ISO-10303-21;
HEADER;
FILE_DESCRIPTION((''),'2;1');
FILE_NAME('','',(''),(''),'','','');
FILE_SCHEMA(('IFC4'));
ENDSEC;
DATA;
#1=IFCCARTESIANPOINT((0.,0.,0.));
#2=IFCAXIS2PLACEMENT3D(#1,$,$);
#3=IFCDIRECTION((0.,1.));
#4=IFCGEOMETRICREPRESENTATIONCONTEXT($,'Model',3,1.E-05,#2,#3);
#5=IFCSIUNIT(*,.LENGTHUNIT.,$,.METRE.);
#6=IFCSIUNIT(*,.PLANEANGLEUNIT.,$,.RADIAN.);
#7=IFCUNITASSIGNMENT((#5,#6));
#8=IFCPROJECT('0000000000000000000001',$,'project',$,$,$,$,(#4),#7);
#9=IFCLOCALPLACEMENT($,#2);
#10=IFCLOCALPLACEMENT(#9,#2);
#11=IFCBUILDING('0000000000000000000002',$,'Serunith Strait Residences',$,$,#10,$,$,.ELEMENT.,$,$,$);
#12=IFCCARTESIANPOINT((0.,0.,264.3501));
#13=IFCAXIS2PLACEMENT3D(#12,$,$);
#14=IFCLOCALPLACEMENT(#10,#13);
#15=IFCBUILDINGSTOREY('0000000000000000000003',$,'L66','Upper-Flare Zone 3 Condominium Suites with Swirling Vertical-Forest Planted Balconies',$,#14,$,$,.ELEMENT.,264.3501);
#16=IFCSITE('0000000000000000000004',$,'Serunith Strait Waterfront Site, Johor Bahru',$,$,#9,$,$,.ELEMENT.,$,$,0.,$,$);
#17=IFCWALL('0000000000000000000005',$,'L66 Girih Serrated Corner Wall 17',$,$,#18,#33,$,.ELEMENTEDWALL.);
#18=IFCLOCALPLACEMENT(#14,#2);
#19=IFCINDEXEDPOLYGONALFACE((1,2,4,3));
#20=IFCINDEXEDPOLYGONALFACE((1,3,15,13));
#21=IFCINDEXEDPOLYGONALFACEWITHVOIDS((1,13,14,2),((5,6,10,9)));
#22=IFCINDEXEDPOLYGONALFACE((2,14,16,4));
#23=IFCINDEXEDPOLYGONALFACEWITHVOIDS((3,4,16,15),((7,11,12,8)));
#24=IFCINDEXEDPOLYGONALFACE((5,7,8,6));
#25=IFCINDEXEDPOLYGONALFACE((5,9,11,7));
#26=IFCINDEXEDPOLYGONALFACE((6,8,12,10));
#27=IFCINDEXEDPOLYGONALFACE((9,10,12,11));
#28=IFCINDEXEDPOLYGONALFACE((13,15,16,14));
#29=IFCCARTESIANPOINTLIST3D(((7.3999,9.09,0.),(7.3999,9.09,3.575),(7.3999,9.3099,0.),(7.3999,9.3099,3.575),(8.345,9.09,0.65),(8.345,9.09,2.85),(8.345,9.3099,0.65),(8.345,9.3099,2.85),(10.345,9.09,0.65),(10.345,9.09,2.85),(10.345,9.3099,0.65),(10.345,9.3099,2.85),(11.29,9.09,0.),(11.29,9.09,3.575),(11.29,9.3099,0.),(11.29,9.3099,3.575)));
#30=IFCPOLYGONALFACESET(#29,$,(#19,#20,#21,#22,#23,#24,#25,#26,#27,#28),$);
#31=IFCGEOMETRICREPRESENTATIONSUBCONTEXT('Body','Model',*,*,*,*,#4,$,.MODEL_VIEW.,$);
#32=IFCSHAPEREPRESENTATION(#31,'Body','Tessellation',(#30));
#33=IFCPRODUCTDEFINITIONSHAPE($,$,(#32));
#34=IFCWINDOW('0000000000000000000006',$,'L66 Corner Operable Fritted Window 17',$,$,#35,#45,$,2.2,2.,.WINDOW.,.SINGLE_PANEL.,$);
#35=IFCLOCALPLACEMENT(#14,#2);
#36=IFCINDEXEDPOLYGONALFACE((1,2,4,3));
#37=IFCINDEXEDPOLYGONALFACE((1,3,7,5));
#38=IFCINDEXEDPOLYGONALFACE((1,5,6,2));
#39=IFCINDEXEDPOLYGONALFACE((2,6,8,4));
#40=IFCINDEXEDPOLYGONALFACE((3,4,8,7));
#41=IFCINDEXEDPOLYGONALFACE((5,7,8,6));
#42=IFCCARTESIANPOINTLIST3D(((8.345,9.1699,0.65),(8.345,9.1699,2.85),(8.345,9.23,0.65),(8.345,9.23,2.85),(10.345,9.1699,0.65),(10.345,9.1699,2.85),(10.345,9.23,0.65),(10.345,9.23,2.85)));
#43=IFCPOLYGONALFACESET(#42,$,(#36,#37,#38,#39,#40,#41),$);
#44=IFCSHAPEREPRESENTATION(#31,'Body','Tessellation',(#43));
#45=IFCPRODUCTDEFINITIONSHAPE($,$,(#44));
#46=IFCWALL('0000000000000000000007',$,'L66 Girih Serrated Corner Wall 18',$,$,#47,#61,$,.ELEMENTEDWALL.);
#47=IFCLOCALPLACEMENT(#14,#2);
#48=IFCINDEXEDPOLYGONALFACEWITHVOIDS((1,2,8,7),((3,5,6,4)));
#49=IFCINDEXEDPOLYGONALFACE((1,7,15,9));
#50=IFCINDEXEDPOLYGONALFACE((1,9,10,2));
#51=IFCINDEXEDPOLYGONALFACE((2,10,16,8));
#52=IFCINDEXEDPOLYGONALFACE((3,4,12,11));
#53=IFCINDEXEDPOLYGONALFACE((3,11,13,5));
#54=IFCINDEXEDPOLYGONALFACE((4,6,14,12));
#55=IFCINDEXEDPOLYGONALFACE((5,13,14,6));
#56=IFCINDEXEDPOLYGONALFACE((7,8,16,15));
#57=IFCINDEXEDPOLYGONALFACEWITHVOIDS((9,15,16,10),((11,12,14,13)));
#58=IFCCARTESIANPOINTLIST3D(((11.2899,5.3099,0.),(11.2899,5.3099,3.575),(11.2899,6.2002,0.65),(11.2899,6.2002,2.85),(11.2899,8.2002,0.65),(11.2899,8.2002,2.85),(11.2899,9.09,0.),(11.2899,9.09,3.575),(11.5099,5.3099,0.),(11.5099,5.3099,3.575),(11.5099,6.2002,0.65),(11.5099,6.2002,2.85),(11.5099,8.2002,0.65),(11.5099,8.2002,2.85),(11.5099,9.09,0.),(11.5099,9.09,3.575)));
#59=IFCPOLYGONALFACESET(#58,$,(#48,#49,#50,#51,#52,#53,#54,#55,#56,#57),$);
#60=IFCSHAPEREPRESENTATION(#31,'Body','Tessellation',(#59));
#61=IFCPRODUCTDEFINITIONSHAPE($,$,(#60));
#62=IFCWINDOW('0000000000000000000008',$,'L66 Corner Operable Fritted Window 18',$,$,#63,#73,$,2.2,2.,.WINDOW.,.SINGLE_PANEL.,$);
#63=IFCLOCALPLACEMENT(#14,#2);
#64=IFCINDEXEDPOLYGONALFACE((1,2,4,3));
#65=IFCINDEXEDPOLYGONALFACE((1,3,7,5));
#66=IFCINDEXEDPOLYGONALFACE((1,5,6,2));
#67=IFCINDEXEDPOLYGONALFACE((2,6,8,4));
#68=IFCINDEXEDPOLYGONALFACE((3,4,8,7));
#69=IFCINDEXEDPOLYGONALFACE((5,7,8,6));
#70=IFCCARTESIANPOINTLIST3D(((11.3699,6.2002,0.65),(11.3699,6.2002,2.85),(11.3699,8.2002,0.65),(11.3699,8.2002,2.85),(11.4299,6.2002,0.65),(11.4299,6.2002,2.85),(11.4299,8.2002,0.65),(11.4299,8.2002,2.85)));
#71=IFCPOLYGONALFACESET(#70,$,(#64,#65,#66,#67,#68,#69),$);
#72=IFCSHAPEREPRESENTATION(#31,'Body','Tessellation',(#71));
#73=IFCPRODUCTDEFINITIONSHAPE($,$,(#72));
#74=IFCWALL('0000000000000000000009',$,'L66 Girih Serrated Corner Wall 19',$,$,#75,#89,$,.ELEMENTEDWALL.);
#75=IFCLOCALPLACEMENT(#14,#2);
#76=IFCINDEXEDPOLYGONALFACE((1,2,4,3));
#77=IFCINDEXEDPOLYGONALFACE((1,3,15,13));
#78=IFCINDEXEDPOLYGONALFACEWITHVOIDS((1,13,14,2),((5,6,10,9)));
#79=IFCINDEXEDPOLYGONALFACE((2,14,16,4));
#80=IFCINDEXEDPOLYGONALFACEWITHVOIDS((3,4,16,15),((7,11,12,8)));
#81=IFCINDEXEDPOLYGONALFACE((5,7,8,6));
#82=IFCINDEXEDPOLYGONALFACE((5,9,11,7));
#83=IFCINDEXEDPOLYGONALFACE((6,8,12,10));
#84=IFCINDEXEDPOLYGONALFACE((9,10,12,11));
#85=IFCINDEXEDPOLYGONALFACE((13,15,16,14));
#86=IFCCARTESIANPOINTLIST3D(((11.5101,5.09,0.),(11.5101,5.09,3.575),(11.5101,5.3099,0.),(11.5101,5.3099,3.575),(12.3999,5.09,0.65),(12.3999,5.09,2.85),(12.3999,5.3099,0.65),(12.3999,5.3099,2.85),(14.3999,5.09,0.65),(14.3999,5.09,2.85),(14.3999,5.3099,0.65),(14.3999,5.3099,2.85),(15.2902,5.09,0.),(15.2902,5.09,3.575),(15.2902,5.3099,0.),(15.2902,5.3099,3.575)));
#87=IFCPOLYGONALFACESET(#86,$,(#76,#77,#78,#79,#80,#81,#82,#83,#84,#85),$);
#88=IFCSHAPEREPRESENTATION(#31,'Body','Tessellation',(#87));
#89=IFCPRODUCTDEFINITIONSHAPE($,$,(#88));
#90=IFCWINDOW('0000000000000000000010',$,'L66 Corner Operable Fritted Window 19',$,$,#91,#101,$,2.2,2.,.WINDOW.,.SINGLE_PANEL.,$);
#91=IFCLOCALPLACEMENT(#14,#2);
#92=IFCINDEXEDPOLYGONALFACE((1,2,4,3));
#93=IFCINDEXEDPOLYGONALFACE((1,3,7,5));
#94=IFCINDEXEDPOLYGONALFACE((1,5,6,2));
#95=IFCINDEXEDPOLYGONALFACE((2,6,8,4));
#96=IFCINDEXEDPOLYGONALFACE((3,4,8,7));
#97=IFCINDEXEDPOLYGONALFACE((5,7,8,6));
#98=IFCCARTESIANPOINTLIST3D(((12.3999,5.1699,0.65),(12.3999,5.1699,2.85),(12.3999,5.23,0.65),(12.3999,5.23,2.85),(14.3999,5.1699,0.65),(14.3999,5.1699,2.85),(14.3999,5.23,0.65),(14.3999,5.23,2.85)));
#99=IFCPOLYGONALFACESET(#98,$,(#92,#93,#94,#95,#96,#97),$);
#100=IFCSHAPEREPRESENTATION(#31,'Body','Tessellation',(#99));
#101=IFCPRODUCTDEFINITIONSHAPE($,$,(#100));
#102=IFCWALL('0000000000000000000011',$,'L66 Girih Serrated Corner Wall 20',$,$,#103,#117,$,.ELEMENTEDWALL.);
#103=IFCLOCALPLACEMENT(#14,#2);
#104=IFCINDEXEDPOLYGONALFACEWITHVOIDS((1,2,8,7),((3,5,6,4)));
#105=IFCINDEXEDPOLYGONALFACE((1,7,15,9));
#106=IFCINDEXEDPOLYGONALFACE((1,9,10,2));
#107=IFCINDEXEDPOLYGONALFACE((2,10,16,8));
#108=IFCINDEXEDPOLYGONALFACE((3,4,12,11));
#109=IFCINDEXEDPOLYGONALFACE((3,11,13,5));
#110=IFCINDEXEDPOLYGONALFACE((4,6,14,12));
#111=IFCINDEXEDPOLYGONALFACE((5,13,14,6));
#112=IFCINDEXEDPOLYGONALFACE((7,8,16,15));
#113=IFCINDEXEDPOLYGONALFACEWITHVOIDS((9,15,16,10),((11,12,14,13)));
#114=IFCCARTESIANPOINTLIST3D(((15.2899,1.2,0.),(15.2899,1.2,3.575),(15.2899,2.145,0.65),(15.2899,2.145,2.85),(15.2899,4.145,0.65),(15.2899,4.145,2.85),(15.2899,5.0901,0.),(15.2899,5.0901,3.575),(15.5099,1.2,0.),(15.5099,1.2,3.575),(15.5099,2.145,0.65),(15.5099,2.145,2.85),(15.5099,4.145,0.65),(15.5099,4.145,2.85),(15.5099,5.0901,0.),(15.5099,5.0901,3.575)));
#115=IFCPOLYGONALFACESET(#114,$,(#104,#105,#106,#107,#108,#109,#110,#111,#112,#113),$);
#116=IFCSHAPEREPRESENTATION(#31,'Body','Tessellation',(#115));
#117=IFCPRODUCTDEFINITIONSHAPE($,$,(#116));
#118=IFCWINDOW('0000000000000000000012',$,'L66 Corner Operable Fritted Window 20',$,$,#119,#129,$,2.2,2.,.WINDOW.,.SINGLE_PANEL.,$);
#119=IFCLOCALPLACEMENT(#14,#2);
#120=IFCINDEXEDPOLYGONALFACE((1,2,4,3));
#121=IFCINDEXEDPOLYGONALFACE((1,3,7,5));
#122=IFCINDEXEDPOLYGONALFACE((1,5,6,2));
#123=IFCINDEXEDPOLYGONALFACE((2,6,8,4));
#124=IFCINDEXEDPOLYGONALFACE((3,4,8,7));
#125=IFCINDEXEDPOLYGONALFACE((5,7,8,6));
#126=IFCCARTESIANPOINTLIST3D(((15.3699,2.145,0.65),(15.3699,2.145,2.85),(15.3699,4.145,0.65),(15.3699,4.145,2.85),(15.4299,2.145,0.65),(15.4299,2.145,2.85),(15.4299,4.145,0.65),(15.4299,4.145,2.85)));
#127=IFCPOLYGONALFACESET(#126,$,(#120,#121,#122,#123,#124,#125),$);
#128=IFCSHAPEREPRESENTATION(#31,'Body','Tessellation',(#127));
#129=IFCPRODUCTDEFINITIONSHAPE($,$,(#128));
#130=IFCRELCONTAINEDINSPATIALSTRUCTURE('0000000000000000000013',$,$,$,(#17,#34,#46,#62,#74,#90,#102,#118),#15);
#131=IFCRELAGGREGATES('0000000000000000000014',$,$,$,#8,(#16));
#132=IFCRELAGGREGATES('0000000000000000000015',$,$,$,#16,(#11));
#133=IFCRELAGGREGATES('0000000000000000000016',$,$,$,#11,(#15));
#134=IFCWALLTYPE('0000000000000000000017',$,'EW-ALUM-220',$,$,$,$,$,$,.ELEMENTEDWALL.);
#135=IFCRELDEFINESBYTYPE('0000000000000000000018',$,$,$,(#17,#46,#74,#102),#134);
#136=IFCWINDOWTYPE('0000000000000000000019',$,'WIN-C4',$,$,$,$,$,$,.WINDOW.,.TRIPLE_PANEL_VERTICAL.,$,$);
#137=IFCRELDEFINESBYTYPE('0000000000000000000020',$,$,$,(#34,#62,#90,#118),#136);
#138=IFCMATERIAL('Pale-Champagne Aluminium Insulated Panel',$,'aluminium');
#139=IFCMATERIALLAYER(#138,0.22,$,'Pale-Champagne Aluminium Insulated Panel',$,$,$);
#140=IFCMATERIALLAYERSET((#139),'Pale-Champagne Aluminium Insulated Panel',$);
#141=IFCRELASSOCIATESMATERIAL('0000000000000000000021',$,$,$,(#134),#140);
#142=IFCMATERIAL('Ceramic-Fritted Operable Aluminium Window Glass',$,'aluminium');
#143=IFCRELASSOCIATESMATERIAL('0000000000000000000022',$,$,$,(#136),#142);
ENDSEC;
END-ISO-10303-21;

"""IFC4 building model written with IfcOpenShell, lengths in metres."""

from ifc_helpers import new_model, si_unit, direction, frame, frame_2d, origin, place, context, subcontext, project, spatial, rectangle, extrude, source, transform, mapped, material, layer, layer_set, type_object, element, fill, save


model = new_model("IFC4")

# Units and contexts
model_context = context("Model", 3, precision=1e-05, world=origin(), true_north=direction((0.0, 1.0)))
body_context = subcontext(model_context, "Body", "Model", "MODEL_VIEW")
ifc_project = project(units=[si_unit("LENGTHUNIT", "METRE"), si_unit("PLANEANGLEUNIT", "RADIAN")], contexts=[model_context])

# Site, building, storey
site_placement = place(None, origin())
site = spatial("IfcSite", under=ifc_project, at=site_placement, Name="Serunith Strait Waterfront Site, Johor Bahru", CompositionType="ELEMENT", RefElevation=0.0)
building_placement = place(site_placement, origin())
building = spatial("IfcBuilding", under=site, at=building_placement, Name="Serunith Strait Residences", CompositionType="ELEMENT")
storey_placement = place(building_placement, frame((0.0, 0.0, 264.3501)))
storey = spatial("IfcBuildingStorey", under=building, at=storey_placement, Name="L66", Description="Upper-Flare Zone 3 Condominium Suites with Swirling Vertical-Forest Planted Balconies", CompositionType="ELEMENT", Elevation=264.3501)

# Walls, openings, windows
ifc_material_1 = material(Name="Pale-Champagne Aluminium Insulated Panel", Category="aluminium")
ifc_layer_1 = layer(ifc_material_1, 0.22, Name="Pale-Champagne Aluminium Insulated Panel")
ifc_layer_set_1 = layer_set([ifc_layer_1], Name="Pale-Champagne Aluminium Insulated Panel")
wall_type = type_object("IfcWallType", Name="EW-ALUM-220", PredefinedType="ELEMENTEDWALL", material=ifc_layer_set_1)
wall_1_placement = place(storey_placement, frame((7.3999, 9.2, 0.0), z_axis=(0.0, 0.0, 1.0), x_axis=(1.0, 0.0, 0.0)))
wall_1 = element("IfcWall", 1, at=wall_1_placement, inside=storey, type_object=wall_type, Name="L66 Girih Serrated Corner Wall 17", PredefinedType="ELEMENTEDWALL", context=body_context, shape_type="SweptSolid", body=[
    extrude(rectangle(XDim=3.8901, YDim=0.22, at=frame_2d((1.9451, 0.0))), origin(), (0.0, 0.0, 1.0), 3.575),
])
opening_1_placement = place(wall_1_placement, frame((0.9451, 0.0, 0.6499)))
opening_1 = element("IfcOpeningElement", 2, at=opening_1_placement, cuts=wall_1, PredefinedType="OPENING", context=body_context, shape_type="SweptSolid", body=[
    extrude(rectangle(XDim=2.0, YDim=2.2, at=frame_2d((1.0, 1.1001))), frame((0.0, 0.1201, 0.0), z_axis=(0.0, -1.0, 0.0), x_axis=(1.0, 0.0, 0.0)), (0.0, 0.0, 1.0), 0.24),
])
ifc_material_2 = material(Name="Ceramic-Fritted Operable Aluminium Window Glass", Category="aluminium")
window_type = type_object("IfcWindowType", Name="WIN-C4", PartitioningType="TRIPLE_PANEL_VERTICAL", PredefinedType="WINDOW", material=ifc_material_2)
shared_shape_1 = source(origin(), body_context, "Body", "SweptSolid", [
    extrude(rectangle(XDim=2.0, YDim=2.2, at=frame_2d((1.0, 1.1001))), frame((0.0, 0.03, 0.0), z_axis=(0.0, -1.0, 0.0), x_axis=(1.0, 0.0, 0.0)), (0.0, 0.0, 1.0), 0.0601),
])
window_1_placement = place(opening_1_placement, origin())
window_1 = element("IfcWindow", 3, at=window_1_placement, inside=storey, type_object=window_type, Name="L66 Corner Operable Fritted Window 17", OverallHeight=2.2, OverallWidth=2.0, PartitioningType="SINGLE_PANEL", PredefinedType="WINDOW", context=body_context, shape_type="MappedRepresentation", body=[
    mapped(shared_shape_1, transform((0.0, 0.0, 0.0), scale=1.0)),
])
fill(opening_1, window_1)
wall_2_placement = place(storey_placement, frame((11.3999, 9.0901, 0.0), z_axis=(0.0, 0.0, 1.0), x_axis=(0.0, -1.0, 0.0)))
wall_2 = element("IfcWall", 4, at=wall_2_placement, inside=storey, type_object=wall_type, Name="L66 Girih Serrated Corner Wall 18", PredefinedType="ELEMENTEDWALL", context=body_context, shape_type="SweptSolid", body=[
    extrude(rectangle(XDim=3.78, YDim=0.22, at=frame_2d((1.8901, 0.0))), origin(), (0.0, 0.0, 1.0), 3.575),
])
opening_2_placement = place(wall_2_placement, frame((0.8899, 0.0, 0.6499)))
opening_2 = element("IfcOpeningElement", 5, at=opening_2_placement, cuts=wall_2, PredefinedType="OPENING", context=body_context, shape_type="SweptSolid", body=[
    extrude(rectangle(XDim=2.0, YDim=2.2, at=frame_2d((1.0, 1.1001))), frame((0.0, 0.1201, 0.0), z_axis=(0.0, -1.0, 0.0), x_axis=(1.0, 0.0, 0.0)), (0.0, 0.0, 1.0), 0.24),
])
window_2_placement = place(opening_2_placement, origin())
window_2 = element("IfcWindow", 6, at=window_2_placement, inside=storey, type_object=window_type, Name="L66 Corner Operable Fritted Window 18", OverallHeight=2.2, OverallWidth=2.0, PartitioningType="SINGLE_PANEL", PredefinedType="WINDOW", context=body_context, shape_type="MappedRepresentation", body=[
    mapped(shared_shape_1, transform((0.0, 0.0, 0.0), scale=1.0)),
])
fill(opening_2, window_2)
wall_3_placement = place(storey_placement, frame((11.51, 5.2, 0.0), z_axis=(0.0, 0.0, 1.0), x_axis=(1.0, 0.0, 0.0)))
wall_3 = element("IfcWall", 7, at=wall_3_placement, inside=storey, type_object=wall_type, Name="L66 Girih Serrated Corner Wall 19", PredefinedType="ELEMENTEDWALL", context=body_context, shape_type="SweptSolid", body=[
    extrude(rectangle(XDim=3.78, YDim=0.22, at=frame_2d((1.8901, 0.0))), origin(), (0.0, 0.0, 1.0), 3.575),
])
opening_3_placement = place(wall_3_placement, frame((0.8899, 0.0, 0.6499)))
opening_3 = element("IfcOpeningElement", 8, at=opening_3_placement, cuts=wall_3, PredefinedType="OPENING", context=body_context, shape_type="SweptSolid", body=[
    extrude(rectangle(XDim=2.0, YDim=2.2, at=frame_2d((1.0, 1.1001))), frame((0.0, 0.1201, 0.0), z_axis=(0.0, -1.0, 0.0), x_axis=(1.0, 0.0, 0.0)), (0.0, 0.0, 1.0), 0.24),
])
window_3_placement = place(opening_3_placement, origin())
window_3 = element("IfcWindow", 9, at=window_3_placement, inside=storey, type_object=window_type, Name="L66 Corner Operable Fritted Window 19", OverallHeight=2.2, OverallWidth=2.0, PartitioningType="SINGLE_PANEL", PredefinedType="WINDOW", context=body_context, shape_type="MappedRepresentation", body=[
    mapped(shared_shape_1, transform((0.0, 0.0, 0.0), scale=1.0)),
])
fill(opening_3, window_3)
wall_4_placement = place(storey_placement, frame((15.3999, 5.0901, 0.0), z_axis=(0.0, 0.0, 1.0), x_axis=(0.0, -1.0, 0.0)))
wall_4 = element("IfcWall", 10, at=wall_4_placement, inside=storey, type_object=wall_type, Name="L66 Girih Serrated Corner Wall 20", PredefinedType="ELEMENTEDWALL", context=body_context, shape_type="SweptSolid", body=[
    extrude(rectangle(XDim=3.8901, YDim=0.22, at=frame_2d((1.9451, 0.0))), origin(), (0.0, 0.0, 1.0), 3.575),
])
opening_4_placement = place(wall_4_placement, frame((0.9451, 0.0, 0.6499)))
opening_4 = element("IfcOpeningElement", 11, at=opening_4_placement, cuts=wall_4, PredefinedType="OPENING", context=body_context, shape_type="SweptSolid", body=[
    extrude(rectangle(XDim=2.0, YDim=2.2, at=frame_2d((1.0, 1.1001))), frame((0.0, 0.1201, 0.0), z_axis=(0.0, -1.0, 0.0), x_axis=(1.0, 0.0, 0.0)), (0.0, 0.0, 1.0), 0.24),
])
window_4_placement = place(opening_4_placement, origin())
window_4 = element("IfcWindow", 12, at=window_4_placement, inside=storey, type_object=window_type, Name="L66 Corner Operable Fritted Window 20", OverallHeight=2.2, OverallWidth=2.0, PartitioningType="SINGLE_PANEL", PredefinedType="WINDOW", context=body_context, shape_type="MappedRepresentation", body=[
    mapped(shared_shape_1, transform((0.0, 0.0, 0.0), scale=1.0)),
])
fill(opening_4, window_4)

save(model, "model.ifc")
